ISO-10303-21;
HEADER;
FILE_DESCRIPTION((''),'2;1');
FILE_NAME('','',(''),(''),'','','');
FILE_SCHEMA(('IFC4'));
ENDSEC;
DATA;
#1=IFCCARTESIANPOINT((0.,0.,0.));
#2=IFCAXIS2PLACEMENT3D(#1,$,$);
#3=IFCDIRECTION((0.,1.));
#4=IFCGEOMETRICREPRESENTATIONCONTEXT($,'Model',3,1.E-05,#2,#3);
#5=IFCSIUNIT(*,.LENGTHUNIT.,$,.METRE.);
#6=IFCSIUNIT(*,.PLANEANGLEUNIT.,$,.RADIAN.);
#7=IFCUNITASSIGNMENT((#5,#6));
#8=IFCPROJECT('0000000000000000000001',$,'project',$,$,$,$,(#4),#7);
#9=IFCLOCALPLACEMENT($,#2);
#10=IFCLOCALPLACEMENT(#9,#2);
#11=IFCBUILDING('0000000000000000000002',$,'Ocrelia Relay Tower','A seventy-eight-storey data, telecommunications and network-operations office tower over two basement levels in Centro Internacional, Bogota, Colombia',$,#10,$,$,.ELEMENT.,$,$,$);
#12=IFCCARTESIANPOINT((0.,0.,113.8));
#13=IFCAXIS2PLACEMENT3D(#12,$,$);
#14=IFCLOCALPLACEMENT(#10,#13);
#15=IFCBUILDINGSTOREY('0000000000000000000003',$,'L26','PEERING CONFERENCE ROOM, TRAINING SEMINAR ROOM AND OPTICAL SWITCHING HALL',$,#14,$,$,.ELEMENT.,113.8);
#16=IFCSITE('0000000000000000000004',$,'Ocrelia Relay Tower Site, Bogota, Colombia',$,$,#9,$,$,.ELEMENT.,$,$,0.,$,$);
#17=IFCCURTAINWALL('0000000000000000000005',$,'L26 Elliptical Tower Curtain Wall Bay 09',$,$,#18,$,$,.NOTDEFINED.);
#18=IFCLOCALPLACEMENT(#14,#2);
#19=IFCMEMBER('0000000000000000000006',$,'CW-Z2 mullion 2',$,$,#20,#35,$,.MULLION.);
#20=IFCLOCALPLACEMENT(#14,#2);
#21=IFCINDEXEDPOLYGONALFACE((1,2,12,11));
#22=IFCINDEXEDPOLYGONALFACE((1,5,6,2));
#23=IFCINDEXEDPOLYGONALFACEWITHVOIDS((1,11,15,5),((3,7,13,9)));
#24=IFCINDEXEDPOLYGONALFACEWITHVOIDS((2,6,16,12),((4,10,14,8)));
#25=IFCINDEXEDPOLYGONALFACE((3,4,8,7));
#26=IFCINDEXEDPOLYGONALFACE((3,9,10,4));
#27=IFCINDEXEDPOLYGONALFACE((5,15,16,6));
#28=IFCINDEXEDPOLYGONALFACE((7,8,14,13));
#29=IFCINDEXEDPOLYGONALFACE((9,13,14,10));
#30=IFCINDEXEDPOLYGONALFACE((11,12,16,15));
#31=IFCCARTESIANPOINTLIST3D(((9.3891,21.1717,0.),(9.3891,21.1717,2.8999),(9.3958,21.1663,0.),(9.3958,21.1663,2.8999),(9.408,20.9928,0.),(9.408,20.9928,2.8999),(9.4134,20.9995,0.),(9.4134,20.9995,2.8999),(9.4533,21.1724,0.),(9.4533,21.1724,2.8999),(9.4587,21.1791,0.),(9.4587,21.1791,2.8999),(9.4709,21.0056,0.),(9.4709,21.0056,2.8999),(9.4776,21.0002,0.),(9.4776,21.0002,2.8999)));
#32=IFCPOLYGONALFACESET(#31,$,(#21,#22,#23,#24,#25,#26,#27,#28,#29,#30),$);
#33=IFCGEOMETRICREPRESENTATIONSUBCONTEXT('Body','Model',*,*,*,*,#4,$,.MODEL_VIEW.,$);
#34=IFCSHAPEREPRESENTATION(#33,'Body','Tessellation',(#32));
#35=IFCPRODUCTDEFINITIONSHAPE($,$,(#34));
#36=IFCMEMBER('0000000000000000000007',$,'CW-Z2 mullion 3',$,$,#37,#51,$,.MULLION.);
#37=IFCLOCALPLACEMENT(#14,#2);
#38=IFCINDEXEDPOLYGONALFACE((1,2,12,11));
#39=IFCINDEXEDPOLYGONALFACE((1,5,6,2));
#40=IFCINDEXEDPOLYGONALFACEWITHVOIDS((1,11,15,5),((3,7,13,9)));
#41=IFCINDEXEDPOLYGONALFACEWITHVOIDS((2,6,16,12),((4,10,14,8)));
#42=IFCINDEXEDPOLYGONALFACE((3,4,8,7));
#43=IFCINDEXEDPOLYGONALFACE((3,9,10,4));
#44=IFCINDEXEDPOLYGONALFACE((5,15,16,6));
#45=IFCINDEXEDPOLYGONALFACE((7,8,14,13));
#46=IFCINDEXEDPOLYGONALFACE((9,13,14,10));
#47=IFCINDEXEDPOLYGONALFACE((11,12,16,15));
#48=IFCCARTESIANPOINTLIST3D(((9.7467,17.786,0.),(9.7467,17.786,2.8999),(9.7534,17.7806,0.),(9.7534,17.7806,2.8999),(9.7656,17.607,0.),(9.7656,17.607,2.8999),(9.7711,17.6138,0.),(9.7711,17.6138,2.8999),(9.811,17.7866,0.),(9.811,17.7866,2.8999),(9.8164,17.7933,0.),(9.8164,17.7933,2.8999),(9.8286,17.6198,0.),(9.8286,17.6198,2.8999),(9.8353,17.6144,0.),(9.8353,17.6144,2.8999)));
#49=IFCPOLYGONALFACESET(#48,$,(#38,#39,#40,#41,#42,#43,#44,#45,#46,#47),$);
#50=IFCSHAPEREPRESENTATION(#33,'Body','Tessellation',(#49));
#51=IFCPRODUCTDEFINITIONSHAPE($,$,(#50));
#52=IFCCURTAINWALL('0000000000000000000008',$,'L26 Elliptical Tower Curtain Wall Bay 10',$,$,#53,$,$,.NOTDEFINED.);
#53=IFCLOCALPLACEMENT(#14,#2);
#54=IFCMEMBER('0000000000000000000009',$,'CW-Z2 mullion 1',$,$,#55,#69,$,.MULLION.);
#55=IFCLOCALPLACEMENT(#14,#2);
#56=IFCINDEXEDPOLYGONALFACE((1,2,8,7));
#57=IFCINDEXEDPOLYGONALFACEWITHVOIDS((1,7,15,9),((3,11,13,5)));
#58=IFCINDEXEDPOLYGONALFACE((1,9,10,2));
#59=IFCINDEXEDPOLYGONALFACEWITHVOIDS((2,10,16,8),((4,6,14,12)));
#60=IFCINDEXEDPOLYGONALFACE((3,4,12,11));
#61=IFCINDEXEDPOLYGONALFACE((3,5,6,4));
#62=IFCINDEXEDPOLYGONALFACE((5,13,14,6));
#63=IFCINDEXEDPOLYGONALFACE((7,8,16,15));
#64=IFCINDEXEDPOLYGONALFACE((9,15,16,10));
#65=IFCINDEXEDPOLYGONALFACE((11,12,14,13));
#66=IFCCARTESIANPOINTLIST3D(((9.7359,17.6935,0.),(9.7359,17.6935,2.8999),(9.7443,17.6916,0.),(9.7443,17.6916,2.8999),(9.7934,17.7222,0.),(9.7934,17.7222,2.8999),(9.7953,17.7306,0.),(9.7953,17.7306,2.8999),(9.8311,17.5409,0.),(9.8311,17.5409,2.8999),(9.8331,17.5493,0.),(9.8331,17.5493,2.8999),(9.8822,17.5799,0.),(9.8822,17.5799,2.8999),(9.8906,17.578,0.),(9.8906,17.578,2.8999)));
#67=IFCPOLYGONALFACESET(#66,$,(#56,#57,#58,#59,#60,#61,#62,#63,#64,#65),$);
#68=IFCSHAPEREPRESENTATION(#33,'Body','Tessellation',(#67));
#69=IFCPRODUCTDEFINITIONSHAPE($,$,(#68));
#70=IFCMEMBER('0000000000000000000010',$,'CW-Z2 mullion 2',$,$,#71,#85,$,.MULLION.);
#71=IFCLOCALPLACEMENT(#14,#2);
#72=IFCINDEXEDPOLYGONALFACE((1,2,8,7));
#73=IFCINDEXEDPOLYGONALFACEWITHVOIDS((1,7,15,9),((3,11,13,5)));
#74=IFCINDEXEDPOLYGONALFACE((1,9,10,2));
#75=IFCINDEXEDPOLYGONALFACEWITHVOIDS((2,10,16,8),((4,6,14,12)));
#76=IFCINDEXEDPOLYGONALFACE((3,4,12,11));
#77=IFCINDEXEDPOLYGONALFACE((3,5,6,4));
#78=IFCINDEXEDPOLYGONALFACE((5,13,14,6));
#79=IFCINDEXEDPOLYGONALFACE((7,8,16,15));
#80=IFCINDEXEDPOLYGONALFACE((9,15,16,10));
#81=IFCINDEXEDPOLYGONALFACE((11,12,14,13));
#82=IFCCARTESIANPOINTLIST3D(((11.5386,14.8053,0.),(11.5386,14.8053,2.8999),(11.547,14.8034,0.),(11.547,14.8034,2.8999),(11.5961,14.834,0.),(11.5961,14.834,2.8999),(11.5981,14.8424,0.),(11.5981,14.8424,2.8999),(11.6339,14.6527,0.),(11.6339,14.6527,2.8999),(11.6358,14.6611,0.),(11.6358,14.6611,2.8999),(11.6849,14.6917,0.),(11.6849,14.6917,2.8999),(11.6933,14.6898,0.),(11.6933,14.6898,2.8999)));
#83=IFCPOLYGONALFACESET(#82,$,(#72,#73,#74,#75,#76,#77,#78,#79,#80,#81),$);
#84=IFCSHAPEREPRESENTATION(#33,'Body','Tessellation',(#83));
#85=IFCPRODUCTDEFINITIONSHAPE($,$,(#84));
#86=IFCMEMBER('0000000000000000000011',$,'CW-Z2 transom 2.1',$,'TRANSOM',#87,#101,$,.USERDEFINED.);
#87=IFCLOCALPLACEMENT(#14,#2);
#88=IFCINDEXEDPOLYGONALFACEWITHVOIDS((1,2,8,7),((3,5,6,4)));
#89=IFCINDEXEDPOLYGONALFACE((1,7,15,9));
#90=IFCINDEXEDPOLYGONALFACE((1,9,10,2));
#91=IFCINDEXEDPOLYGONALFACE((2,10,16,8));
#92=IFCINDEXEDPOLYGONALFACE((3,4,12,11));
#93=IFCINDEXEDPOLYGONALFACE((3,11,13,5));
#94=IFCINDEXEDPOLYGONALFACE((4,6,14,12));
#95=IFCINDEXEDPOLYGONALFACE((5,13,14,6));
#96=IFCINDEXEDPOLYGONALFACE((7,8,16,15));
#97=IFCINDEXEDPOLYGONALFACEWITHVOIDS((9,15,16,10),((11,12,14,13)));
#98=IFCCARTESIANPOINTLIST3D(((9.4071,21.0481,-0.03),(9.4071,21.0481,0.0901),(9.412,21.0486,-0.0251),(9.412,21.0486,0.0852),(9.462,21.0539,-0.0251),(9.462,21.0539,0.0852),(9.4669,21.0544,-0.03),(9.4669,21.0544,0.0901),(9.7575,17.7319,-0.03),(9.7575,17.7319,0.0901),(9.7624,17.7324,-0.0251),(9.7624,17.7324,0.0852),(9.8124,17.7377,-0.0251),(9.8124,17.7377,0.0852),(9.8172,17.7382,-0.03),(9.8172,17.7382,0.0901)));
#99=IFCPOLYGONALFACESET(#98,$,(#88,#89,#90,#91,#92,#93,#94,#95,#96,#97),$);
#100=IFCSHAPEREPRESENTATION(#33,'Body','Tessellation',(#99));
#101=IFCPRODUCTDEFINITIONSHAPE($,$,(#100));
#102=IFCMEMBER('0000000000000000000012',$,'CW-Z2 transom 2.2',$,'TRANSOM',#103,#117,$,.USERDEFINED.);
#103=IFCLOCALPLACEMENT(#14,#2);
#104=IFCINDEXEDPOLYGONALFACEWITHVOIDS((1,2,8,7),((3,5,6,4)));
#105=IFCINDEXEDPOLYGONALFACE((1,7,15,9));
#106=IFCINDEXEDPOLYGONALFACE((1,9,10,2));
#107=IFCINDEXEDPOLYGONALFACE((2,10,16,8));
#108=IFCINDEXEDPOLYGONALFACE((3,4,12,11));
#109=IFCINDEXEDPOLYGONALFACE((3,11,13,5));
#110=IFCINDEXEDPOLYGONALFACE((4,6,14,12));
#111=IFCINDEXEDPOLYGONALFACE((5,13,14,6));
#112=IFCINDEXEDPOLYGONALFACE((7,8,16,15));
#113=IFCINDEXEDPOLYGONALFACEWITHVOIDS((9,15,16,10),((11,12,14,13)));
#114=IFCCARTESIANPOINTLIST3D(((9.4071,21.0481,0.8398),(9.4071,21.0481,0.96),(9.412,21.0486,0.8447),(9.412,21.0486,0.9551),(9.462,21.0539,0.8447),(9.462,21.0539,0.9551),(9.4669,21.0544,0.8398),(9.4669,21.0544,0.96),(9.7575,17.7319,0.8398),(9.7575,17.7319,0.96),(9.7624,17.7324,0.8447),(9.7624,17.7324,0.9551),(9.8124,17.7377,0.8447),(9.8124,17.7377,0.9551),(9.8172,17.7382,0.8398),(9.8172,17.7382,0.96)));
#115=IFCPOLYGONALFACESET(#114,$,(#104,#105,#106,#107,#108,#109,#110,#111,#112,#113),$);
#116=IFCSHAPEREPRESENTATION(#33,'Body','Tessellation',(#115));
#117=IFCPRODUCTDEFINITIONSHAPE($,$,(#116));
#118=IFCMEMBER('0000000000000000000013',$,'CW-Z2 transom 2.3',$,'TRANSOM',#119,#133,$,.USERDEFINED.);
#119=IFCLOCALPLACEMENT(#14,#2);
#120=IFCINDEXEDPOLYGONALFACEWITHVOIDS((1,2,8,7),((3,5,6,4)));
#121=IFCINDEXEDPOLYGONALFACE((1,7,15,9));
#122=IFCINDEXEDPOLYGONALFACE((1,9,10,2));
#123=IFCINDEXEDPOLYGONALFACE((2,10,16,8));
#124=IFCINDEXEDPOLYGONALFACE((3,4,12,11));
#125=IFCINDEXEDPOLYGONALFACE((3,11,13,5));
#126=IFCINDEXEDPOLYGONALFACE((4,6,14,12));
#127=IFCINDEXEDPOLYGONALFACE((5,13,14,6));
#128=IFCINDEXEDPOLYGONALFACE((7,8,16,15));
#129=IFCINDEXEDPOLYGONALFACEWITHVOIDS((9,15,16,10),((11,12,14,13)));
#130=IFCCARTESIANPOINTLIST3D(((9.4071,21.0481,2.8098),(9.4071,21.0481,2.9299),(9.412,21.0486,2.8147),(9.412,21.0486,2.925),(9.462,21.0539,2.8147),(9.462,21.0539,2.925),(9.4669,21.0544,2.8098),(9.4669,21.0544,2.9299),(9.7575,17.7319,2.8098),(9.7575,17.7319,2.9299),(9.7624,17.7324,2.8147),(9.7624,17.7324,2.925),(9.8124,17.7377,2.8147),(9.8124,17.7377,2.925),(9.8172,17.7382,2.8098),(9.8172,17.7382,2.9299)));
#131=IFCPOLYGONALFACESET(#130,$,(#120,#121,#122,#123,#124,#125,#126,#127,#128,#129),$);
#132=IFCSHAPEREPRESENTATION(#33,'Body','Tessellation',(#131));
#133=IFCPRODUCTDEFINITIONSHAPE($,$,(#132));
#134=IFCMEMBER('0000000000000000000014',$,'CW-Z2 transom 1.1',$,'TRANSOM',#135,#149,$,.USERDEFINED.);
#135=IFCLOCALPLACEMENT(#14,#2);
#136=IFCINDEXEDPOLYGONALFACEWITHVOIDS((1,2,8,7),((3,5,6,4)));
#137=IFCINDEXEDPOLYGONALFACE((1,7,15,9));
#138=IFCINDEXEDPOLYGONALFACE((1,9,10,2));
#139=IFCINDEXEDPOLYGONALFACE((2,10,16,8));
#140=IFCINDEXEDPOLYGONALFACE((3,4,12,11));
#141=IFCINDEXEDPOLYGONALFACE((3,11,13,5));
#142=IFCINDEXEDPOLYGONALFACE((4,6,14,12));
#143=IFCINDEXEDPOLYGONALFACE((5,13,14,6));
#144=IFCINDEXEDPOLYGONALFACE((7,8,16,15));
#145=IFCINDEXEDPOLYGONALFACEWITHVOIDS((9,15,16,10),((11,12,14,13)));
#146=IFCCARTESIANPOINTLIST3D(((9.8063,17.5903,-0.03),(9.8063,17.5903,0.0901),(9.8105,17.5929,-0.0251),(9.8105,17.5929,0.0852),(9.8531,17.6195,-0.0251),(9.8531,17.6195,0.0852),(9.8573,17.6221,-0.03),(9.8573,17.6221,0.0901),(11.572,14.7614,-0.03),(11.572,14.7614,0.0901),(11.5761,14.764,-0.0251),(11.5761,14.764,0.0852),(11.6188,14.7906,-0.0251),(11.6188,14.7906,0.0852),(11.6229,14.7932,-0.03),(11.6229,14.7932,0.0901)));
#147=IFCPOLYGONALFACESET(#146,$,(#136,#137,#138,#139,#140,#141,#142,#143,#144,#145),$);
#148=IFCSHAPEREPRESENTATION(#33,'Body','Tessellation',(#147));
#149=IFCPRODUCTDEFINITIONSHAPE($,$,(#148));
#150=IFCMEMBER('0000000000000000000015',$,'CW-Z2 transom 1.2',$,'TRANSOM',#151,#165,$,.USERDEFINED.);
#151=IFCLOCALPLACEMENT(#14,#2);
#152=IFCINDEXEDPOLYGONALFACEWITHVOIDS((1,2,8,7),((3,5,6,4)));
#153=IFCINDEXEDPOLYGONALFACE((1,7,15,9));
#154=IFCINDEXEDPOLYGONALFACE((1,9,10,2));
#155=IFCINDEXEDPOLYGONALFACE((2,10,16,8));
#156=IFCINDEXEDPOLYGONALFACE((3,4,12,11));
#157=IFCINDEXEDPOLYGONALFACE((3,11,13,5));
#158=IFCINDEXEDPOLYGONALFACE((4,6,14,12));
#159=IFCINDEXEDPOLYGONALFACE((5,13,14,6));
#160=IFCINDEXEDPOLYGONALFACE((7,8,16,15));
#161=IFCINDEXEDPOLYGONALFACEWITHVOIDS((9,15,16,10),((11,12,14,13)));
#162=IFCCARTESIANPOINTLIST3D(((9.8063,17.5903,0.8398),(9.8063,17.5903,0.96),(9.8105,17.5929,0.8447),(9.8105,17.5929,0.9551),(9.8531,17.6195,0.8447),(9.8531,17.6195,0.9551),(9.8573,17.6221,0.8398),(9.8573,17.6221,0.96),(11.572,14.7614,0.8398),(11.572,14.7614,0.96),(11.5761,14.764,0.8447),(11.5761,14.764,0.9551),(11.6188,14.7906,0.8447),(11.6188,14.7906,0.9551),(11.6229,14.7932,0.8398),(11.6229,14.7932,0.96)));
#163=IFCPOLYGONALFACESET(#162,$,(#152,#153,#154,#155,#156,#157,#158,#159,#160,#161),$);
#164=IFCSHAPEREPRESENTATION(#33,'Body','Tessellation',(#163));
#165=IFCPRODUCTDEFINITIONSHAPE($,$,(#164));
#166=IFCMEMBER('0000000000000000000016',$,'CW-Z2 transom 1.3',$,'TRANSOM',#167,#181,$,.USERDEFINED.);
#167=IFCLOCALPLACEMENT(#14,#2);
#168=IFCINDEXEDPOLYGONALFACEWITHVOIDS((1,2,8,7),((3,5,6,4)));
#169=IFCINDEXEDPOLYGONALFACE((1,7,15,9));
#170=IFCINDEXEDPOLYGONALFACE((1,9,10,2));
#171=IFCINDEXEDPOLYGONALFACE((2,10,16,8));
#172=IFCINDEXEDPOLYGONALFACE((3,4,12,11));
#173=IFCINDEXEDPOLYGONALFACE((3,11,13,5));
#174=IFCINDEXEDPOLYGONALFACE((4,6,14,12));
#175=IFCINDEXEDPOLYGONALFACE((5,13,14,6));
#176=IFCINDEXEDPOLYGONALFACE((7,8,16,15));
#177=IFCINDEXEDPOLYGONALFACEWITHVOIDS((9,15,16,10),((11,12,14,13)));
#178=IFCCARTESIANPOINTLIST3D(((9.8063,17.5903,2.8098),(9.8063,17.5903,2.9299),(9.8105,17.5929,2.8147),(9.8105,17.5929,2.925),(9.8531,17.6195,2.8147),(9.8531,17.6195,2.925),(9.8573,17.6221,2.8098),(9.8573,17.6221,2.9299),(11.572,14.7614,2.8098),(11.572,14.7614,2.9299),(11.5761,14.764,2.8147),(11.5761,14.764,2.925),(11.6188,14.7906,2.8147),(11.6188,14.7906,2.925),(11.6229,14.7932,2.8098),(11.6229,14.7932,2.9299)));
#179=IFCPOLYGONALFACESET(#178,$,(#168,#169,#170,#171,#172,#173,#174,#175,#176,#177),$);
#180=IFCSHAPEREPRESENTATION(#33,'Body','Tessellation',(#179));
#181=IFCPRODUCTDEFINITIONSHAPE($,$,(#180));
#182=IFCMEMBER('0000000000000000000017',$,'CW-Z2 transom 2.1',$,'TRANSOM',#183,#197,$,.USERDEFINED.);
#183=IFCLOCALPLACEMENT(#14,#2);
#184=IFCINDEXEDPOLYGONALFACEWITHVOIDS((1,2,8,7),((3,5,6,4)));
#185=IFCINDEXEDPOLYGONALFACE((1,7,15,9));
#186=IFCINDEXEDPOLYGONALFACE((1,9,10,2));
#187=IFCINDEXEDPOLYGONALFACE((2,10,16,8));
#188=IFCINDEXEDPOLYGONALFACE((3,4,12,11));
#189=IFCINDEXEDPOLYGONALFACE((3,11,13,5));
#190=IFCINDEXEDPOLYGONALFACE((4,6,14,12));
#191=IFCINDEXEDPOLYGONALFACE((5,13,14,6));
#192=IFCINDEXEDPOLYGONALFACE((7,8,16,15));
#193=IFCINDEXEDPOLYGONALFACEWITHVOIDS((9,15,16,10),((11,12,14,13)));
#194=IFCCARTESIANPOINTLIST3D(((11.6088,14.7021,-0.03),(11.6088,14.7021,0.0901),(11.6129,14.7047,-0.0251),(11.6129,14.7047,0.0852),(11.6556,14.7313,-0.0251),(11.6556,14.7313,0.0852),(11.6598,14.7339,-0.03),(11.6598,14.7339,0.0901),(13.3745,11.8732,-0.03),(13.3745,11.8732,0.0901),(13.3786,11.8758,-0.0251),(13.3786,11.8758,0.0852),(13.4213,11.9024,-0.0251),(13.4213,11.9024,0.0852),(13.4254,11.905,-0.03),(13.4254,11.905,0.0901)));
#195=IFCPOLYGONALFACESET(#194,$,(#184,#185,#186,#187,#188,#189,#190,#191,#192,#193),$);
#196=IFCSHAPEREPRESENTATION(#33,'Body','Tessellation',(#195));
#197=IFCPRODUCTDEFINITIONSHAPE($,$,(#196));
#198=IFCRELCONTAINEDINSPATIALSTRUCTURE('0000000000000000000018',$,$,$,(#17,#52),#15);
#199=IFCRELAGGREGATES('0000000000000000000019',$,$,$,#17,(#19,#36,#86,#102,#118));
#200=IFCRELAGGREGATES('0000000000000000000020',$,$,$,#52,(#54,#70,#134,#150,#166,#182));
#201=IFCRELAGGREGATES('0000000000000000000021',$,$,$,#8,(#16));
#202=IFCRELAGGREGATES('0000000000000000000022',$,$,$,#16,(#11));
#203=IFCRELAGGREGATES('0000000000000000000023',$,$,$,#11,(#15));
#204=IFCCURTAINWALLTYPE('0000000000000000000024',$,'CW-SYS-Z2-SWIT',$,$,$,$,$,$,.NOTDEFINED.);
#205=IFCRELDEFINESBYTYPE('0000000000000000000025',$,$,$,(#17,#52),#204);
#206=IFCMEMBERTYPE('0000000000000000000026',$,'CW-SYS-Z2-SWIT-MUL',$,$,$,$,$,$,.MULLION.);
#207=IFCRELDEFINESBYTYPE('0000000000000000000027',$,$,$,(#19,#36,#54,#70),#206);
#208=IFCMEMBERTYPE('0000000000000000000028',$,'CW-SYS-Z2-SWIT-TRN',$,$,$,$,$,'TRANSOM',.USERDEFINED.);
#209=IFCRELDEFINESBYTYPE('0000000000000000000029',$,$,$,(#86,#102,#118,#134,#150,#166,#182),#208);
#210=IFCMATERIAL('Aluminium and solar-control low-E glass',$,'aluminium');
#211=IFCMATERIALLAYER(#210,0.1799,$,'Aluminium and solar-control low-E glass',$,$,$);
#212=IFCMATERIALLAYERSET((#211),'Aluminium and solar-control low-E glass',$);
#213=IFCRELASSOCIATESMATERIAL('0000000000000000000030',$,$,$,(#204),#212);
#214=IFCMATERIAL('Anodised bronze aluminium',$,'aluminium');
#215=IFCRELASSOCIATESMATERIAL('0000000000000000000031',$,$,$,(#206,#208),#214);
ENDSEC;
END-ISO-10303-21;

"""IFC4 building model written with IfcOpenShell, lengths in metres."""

from ifc_helpers import new_model, si_unit, direction, frame, origin, origin_2d, place, context, subcontext, project, spatial, hollow_rectangle, extrude, material, layer, layer_set, material_profile, profile_set, type_object, element, aggregate, save


model = new_model("IFC4")

# Units and contexts
model_context = context("Model", 3, precision=1e-05, world=origin(), true_north=direction((0.0, 1.0)))
body_context = subcontext(model_context, "Body", "Model", "MODEL_VIEW")
ifc_project = project(units=[si_unit("LENGTHUNIT", "METRE"), si_unit("PLANEANGLEUNIT", "RADIAN")], contexts=[model_context])

# Site, building, storey
site_placement = place(None, origin())
site = spatial("IfcSite", under=ifc_project, at=site_placement, Name="Ocrelia Relay Tower Site, Bogota, Colombia", CompositionType="ELEMENT", RefElevation=0.0)
building_placement = place(site_placement, origin())
building = spatial("IfcBuilding", under=site, at=building_placement, Name="Ocrelia Relay Tower", Description="A seventy-eight-storey data, telecommunications and network-operations office tower over two basement levels in Centro Internacional, Bogota, Colombia", CompositionType="ELEMENT")
storey_placement = place(building_placement, frame((0.0, 0.0, 113.8)))
storey = spatial("IfcBuildingStorey", under=building, at=storey_placement, Name="L26", Description="PEERING CONFERENCE ROOM, TRAINING SEMINAR ROOM AND OPTICAL SWITCHING HALL", CompositionType="ELEMENT", Elevation=113.8)

# Curtain walls, members
ifc_material_1 = material(Name="Aluminium and solar-control low-E glass", Category="aluminium")
ifc_layer_1 = layer(ifc_material_1, 0.1799, Name="Aluminium and solar-control low-E glass")
ifc_layer_set_1 = layer_set([ifc_layer_1], Name="Aluminium and solar-control low-E glass")
curtain_wall_type = type_object("IfcCurtainWallType", Name="CW-SYS-Z2-SWIT", PredefinedType="NOTDEFINED", material=ifc_layer_set_1)
curtain_wall_1_placement = place(storey_placement, origin())
curtain_wall_1 = element("IfcCurtainWall", 1, at=curtain_wall_1_placement, inside=storey, type_object=curtain_wall_type, Name="L26 Elliptical Tower Curtain Wall Bay 09", PredefinedType="NOTDEFINED")
ifc_material_2 = material(Name="Anodised bronze aluminium", Category="aluminium")
ifc_material_profile_1 = material_profile(ifc_material_2, hollow_rectangle(XDim=0.0701, YDim=0.1799, WallThickness=0.0061, at=origin_2d()), Name="CW-MUL-180x70")
ifc_profile_set_1 = profile_set([ifc_material_profile_1], Name="Anodised bronze aluminium")
member_type_1 = type_object("IfcMemberType", Name="CW-SYS-Z2-SWIT-MUL", PredefinedType="MULLION", material=ifc_profile_set_1)
member_1_placement = place(storey_placement, frame((9.4333, 21.0859, 0.0), z_axis=(0.0, 0.0, 1.0), x_axis=(0.994466, 0.105058, 0.0)))
member_1 = element("IfcMember", 2, at=member_1_placement, type_object=member_type_1, Name="CW-Z2 mullion 2", PredefinedType="MULLION", context=body_context, shape_type="SweptSolid", body=[
    extrude(hollow_rectangle(XDim=0.0701, YDim=0.1799, WallThickness=0.0061, at=origin_2d()), origin(), (0.0, 0.0, 1.0), 2.8999),
])
member_2_placement = place(storey_placement, frame((9.791, 17.7002, 0.0), z_axis=(0.0, 0.0, 1.0), x_axis=(0.994466, 0.105058, 0.0)))
member_2 = element("IfcMember", 3, at=member_2_placement, type_object=member_type_1, Name="CW-Z2 mullion 3", PredefinedType="MULLION", context=body_context, shape_type="SweptSolid", body=[
    extrude(hollow_rectangle(XDim=0.0701, YDim=0.1799, WallThickness=0.0061, at=origin_2d()), origin(), (0.0, 0.0, 1.0), 2.8999),
])
curtain_wall_2_placement = place(storey_placement, origin())
curtain_wall_2 = element("IfcCurtainWall", 4, at=curtain_wall_2_placement, inside=storey, type_object=curtain_wall_type, Name="L26 Elliptical Tower Curtain Wall Bay 10", PredefinedType="NOTDEFINED")
member_3_placement = place(storey_placement, frame((9.8132, 17.6357, 0.0), z_axis=(0.0, 0.0, 1.0), x_axis=(0.84833, 0.529468, 0.0)))
member_3 = element("IfcMember", 5, at=member_3_placement, type_object=member_type_1, Name="CW-Z2 mullion 1", PredefinedType="MULLION", context=body_context, shape_type="SweptSolid", body=[
    extrude(hollow_rectangle(XDim=0.0701, YDim=0.1799, WallThickness=0.0061, at=origin_2d()), origin(), (0.0, 0.0, 1.0), 2.8999),
])
member_4_placement = place(storey_placement, frame((11.616, 14.7476, 0.0), z_axis=(0.0, 0.0, 1.0), x_axis=(0.84833, 0.529468, 0.0)))
member_4 = element("IfcMember", 6, at=member_4_placement, type_object=member_type_1, Name="CW-Z2 mullion 2", PredefinedType="MULLION", context=body_context, shape_type="SweptSolid", body=[
    extrude(hollow_rectangle(XDim=0.0701, YDim=0.1799, WallThickness=0.0061, at=origin_2d()), origin(), (0.0, 0.0, 1.0), 2.8999),
])

# Members
ifc_material_profile_2 = material_profile(ifc_material_2, hollow_rectangle(XDim=0.0601, YDim=0.1201, WallThickness=0.0049, at=origin_2d()), Name="CW-TRN-120x60")
ifc_profile_set_2 = profile_set([ifc_material_profile_2], Name="Anodised bronze aluminium")
member_type_2 = type_object("IfcMemberType", Name="CW-SYS-Z2-SWIT-TRN", ElementType="TRANSOM", PredefinedType="USERDEFINED", material=ifc_profile_set_2)
member_5_placement = place(storey_placement, frame((9.437, 21.0513, 0.03), z_axis=(0.105062, -0.994466, 0.0), x_axis=(0.994466, 0.105062, 0.0)))
member_5 = element("IfcMember", 7, at=member_5_placement, type_object=member_type_2, Name="CW-Z2 transom 2.1", ObjectType="TRANSOM", PredefinedType="USERDEFINED", context=body_context, shape_type="SweptSolid", body=[
    extrude(hollow_rectangle(XDim=0.0601, YDim=0.1201, WallThickness=0.0049, at=origin_2d()), origin(), (0.0, 0.0, 1.0), 3.3347),
])
member_6_placement = place(storey_placement, frame((9.437, 21.0513, 0.8999), z_axis=(0.105062, -0.994466, 0.0), x_axis=(0.994466, 0.105062, 0.0)))
member_6 = element("IfcMember", 8, at=member_6_placement, type_object=member_type_2, Name="CW-Z2 transom 2.2", ObjectType="TRANSOM", PredefinedType="USERDEFINED", context=body_context, shape_type="SweptSolid", body=[
    extrude(hollow_rectangle(XDim=0.0601, YDim=0.1201, WallThickness=0.0049, at=origin_2d()), origin(), (0.0, 0.0, 1.0), 3.3347),
])
member_7_placement = place(storey_placement, frame((9.437, 21.0513, 2.8699), z_axis=(0.105062, -0.994466, 0.0), x_axis=(0.994466, 0.105062, 0.0)))
member_7 = element("IfcMember", 9, at=member_7_placement, type_object=member_type_2, Name="CW-Z2 transom 2.3", ObjectType="TRANSOM", PredefinedType="USERDEFINED", context=body_context, shape_type="SweptSolid", body=[
    extrude(hollow_rectangle(XDim=0.0601, YDim=0.1201, WallThickness=0.0049, at=origin_2d()), origin(), (0.0, 0.0, 1.0), 3.3347),
])
member_8_placement = place(storey_placement, frame((9.8318, 17.6062, 0.03), z_axis=(0.529479, -0.848323, 0.0), x_axis=(0.848323, 0.529479, 0.0)))
member_8 = element("IfcMember", 10, at=member_8_placement, type_object=member_type_2, Name="CW-Z2 transom 1.1", ObjectType="TRANSOM", PredefinedType="USERDEFINED", context=body_context, shape_type="SweptSolid", body=[
    extrude(hollow_rectangle(XDim=0.0601, YDim=0.1201, WallThickness=0.0049, at=origin_2d()), origin(), (0.0, 0.0, 1.0), 3.3347),
])
member_9_placement = place(storey_placement, frame((9.8318, 17.6062, 0.8999), z_axis=(0.529479, -0.848323, 0.0), x_axis=(0.848323, 0.529479, 0.0)))
member_9 = element("IfcMember", 11, at=member_9_placement, type_object=member_type_2, Name="CW-Z2 transom 1.2", ObjectType="TRANSOM", PredefinedType="USERDEFINED", context=body_context, shape_type="SweptSolid", body=[
    extrude(hollow_rectangle(XDim=0.0601, YDim=0.1201, WallThickness=0.0049, at=origin_2d()), origin(), (0.0, 0.0, 1.0), 3.3347),
])
member_10_placement = place(storey_placement, frame((9.8318, 17.6062, 2.8699), z_axis=(0.529479, -0.848323, 0.0), x_axis=(0.848323, 0.529479, 0.0)))
member_10 = element("IfcMember", 12, at=member_10_placement, type_object=member_type_2, Name="CW-Z2 transom 1.3", ObjectType="TRANSOM", PredefinedType="USERDEFINED", context=body_context, shape_type="SweptSolid", body=[
    extrude(hollow_rectangle(XDim=0.0601, YDim=0.1201, WallThickness=0.0049, at=origin_2d()), origin(), (0.0, 0.0, 1.0), 3.3347),
])
member_11_placement = place(storey_placement, frame((11.6343, 14.718, 0.03), z_axis=(0.529479, -0.848323, 0.0), x_axis=(0.848323, 0.529479, 0.0)))
member_11 = element("IfcMember", 13, at=member_11_placement, type_object=member_type_2, Name="CW-Z2 transom 2.1", ObjectType="TRANSOM", PredefinedType="USERDEFINED", context=body_context, shape_type="SweptSolid", body=[
    extrude(hollow_rectangle(XDim=0.0601, YDim=0.1201, WallThickness=0.0049, at=origin_2d()), origin(), (0.0, 0.0, 1.0), 3.3347),
])

aggregate(curtain_wall_1, [member_1, member_2, member_5, member_6, member_7])
aggregate(curtain_wall_2, [member_3, member_4, member_8, member_9, member_10, member_11])

save(model, "model.ifc")
